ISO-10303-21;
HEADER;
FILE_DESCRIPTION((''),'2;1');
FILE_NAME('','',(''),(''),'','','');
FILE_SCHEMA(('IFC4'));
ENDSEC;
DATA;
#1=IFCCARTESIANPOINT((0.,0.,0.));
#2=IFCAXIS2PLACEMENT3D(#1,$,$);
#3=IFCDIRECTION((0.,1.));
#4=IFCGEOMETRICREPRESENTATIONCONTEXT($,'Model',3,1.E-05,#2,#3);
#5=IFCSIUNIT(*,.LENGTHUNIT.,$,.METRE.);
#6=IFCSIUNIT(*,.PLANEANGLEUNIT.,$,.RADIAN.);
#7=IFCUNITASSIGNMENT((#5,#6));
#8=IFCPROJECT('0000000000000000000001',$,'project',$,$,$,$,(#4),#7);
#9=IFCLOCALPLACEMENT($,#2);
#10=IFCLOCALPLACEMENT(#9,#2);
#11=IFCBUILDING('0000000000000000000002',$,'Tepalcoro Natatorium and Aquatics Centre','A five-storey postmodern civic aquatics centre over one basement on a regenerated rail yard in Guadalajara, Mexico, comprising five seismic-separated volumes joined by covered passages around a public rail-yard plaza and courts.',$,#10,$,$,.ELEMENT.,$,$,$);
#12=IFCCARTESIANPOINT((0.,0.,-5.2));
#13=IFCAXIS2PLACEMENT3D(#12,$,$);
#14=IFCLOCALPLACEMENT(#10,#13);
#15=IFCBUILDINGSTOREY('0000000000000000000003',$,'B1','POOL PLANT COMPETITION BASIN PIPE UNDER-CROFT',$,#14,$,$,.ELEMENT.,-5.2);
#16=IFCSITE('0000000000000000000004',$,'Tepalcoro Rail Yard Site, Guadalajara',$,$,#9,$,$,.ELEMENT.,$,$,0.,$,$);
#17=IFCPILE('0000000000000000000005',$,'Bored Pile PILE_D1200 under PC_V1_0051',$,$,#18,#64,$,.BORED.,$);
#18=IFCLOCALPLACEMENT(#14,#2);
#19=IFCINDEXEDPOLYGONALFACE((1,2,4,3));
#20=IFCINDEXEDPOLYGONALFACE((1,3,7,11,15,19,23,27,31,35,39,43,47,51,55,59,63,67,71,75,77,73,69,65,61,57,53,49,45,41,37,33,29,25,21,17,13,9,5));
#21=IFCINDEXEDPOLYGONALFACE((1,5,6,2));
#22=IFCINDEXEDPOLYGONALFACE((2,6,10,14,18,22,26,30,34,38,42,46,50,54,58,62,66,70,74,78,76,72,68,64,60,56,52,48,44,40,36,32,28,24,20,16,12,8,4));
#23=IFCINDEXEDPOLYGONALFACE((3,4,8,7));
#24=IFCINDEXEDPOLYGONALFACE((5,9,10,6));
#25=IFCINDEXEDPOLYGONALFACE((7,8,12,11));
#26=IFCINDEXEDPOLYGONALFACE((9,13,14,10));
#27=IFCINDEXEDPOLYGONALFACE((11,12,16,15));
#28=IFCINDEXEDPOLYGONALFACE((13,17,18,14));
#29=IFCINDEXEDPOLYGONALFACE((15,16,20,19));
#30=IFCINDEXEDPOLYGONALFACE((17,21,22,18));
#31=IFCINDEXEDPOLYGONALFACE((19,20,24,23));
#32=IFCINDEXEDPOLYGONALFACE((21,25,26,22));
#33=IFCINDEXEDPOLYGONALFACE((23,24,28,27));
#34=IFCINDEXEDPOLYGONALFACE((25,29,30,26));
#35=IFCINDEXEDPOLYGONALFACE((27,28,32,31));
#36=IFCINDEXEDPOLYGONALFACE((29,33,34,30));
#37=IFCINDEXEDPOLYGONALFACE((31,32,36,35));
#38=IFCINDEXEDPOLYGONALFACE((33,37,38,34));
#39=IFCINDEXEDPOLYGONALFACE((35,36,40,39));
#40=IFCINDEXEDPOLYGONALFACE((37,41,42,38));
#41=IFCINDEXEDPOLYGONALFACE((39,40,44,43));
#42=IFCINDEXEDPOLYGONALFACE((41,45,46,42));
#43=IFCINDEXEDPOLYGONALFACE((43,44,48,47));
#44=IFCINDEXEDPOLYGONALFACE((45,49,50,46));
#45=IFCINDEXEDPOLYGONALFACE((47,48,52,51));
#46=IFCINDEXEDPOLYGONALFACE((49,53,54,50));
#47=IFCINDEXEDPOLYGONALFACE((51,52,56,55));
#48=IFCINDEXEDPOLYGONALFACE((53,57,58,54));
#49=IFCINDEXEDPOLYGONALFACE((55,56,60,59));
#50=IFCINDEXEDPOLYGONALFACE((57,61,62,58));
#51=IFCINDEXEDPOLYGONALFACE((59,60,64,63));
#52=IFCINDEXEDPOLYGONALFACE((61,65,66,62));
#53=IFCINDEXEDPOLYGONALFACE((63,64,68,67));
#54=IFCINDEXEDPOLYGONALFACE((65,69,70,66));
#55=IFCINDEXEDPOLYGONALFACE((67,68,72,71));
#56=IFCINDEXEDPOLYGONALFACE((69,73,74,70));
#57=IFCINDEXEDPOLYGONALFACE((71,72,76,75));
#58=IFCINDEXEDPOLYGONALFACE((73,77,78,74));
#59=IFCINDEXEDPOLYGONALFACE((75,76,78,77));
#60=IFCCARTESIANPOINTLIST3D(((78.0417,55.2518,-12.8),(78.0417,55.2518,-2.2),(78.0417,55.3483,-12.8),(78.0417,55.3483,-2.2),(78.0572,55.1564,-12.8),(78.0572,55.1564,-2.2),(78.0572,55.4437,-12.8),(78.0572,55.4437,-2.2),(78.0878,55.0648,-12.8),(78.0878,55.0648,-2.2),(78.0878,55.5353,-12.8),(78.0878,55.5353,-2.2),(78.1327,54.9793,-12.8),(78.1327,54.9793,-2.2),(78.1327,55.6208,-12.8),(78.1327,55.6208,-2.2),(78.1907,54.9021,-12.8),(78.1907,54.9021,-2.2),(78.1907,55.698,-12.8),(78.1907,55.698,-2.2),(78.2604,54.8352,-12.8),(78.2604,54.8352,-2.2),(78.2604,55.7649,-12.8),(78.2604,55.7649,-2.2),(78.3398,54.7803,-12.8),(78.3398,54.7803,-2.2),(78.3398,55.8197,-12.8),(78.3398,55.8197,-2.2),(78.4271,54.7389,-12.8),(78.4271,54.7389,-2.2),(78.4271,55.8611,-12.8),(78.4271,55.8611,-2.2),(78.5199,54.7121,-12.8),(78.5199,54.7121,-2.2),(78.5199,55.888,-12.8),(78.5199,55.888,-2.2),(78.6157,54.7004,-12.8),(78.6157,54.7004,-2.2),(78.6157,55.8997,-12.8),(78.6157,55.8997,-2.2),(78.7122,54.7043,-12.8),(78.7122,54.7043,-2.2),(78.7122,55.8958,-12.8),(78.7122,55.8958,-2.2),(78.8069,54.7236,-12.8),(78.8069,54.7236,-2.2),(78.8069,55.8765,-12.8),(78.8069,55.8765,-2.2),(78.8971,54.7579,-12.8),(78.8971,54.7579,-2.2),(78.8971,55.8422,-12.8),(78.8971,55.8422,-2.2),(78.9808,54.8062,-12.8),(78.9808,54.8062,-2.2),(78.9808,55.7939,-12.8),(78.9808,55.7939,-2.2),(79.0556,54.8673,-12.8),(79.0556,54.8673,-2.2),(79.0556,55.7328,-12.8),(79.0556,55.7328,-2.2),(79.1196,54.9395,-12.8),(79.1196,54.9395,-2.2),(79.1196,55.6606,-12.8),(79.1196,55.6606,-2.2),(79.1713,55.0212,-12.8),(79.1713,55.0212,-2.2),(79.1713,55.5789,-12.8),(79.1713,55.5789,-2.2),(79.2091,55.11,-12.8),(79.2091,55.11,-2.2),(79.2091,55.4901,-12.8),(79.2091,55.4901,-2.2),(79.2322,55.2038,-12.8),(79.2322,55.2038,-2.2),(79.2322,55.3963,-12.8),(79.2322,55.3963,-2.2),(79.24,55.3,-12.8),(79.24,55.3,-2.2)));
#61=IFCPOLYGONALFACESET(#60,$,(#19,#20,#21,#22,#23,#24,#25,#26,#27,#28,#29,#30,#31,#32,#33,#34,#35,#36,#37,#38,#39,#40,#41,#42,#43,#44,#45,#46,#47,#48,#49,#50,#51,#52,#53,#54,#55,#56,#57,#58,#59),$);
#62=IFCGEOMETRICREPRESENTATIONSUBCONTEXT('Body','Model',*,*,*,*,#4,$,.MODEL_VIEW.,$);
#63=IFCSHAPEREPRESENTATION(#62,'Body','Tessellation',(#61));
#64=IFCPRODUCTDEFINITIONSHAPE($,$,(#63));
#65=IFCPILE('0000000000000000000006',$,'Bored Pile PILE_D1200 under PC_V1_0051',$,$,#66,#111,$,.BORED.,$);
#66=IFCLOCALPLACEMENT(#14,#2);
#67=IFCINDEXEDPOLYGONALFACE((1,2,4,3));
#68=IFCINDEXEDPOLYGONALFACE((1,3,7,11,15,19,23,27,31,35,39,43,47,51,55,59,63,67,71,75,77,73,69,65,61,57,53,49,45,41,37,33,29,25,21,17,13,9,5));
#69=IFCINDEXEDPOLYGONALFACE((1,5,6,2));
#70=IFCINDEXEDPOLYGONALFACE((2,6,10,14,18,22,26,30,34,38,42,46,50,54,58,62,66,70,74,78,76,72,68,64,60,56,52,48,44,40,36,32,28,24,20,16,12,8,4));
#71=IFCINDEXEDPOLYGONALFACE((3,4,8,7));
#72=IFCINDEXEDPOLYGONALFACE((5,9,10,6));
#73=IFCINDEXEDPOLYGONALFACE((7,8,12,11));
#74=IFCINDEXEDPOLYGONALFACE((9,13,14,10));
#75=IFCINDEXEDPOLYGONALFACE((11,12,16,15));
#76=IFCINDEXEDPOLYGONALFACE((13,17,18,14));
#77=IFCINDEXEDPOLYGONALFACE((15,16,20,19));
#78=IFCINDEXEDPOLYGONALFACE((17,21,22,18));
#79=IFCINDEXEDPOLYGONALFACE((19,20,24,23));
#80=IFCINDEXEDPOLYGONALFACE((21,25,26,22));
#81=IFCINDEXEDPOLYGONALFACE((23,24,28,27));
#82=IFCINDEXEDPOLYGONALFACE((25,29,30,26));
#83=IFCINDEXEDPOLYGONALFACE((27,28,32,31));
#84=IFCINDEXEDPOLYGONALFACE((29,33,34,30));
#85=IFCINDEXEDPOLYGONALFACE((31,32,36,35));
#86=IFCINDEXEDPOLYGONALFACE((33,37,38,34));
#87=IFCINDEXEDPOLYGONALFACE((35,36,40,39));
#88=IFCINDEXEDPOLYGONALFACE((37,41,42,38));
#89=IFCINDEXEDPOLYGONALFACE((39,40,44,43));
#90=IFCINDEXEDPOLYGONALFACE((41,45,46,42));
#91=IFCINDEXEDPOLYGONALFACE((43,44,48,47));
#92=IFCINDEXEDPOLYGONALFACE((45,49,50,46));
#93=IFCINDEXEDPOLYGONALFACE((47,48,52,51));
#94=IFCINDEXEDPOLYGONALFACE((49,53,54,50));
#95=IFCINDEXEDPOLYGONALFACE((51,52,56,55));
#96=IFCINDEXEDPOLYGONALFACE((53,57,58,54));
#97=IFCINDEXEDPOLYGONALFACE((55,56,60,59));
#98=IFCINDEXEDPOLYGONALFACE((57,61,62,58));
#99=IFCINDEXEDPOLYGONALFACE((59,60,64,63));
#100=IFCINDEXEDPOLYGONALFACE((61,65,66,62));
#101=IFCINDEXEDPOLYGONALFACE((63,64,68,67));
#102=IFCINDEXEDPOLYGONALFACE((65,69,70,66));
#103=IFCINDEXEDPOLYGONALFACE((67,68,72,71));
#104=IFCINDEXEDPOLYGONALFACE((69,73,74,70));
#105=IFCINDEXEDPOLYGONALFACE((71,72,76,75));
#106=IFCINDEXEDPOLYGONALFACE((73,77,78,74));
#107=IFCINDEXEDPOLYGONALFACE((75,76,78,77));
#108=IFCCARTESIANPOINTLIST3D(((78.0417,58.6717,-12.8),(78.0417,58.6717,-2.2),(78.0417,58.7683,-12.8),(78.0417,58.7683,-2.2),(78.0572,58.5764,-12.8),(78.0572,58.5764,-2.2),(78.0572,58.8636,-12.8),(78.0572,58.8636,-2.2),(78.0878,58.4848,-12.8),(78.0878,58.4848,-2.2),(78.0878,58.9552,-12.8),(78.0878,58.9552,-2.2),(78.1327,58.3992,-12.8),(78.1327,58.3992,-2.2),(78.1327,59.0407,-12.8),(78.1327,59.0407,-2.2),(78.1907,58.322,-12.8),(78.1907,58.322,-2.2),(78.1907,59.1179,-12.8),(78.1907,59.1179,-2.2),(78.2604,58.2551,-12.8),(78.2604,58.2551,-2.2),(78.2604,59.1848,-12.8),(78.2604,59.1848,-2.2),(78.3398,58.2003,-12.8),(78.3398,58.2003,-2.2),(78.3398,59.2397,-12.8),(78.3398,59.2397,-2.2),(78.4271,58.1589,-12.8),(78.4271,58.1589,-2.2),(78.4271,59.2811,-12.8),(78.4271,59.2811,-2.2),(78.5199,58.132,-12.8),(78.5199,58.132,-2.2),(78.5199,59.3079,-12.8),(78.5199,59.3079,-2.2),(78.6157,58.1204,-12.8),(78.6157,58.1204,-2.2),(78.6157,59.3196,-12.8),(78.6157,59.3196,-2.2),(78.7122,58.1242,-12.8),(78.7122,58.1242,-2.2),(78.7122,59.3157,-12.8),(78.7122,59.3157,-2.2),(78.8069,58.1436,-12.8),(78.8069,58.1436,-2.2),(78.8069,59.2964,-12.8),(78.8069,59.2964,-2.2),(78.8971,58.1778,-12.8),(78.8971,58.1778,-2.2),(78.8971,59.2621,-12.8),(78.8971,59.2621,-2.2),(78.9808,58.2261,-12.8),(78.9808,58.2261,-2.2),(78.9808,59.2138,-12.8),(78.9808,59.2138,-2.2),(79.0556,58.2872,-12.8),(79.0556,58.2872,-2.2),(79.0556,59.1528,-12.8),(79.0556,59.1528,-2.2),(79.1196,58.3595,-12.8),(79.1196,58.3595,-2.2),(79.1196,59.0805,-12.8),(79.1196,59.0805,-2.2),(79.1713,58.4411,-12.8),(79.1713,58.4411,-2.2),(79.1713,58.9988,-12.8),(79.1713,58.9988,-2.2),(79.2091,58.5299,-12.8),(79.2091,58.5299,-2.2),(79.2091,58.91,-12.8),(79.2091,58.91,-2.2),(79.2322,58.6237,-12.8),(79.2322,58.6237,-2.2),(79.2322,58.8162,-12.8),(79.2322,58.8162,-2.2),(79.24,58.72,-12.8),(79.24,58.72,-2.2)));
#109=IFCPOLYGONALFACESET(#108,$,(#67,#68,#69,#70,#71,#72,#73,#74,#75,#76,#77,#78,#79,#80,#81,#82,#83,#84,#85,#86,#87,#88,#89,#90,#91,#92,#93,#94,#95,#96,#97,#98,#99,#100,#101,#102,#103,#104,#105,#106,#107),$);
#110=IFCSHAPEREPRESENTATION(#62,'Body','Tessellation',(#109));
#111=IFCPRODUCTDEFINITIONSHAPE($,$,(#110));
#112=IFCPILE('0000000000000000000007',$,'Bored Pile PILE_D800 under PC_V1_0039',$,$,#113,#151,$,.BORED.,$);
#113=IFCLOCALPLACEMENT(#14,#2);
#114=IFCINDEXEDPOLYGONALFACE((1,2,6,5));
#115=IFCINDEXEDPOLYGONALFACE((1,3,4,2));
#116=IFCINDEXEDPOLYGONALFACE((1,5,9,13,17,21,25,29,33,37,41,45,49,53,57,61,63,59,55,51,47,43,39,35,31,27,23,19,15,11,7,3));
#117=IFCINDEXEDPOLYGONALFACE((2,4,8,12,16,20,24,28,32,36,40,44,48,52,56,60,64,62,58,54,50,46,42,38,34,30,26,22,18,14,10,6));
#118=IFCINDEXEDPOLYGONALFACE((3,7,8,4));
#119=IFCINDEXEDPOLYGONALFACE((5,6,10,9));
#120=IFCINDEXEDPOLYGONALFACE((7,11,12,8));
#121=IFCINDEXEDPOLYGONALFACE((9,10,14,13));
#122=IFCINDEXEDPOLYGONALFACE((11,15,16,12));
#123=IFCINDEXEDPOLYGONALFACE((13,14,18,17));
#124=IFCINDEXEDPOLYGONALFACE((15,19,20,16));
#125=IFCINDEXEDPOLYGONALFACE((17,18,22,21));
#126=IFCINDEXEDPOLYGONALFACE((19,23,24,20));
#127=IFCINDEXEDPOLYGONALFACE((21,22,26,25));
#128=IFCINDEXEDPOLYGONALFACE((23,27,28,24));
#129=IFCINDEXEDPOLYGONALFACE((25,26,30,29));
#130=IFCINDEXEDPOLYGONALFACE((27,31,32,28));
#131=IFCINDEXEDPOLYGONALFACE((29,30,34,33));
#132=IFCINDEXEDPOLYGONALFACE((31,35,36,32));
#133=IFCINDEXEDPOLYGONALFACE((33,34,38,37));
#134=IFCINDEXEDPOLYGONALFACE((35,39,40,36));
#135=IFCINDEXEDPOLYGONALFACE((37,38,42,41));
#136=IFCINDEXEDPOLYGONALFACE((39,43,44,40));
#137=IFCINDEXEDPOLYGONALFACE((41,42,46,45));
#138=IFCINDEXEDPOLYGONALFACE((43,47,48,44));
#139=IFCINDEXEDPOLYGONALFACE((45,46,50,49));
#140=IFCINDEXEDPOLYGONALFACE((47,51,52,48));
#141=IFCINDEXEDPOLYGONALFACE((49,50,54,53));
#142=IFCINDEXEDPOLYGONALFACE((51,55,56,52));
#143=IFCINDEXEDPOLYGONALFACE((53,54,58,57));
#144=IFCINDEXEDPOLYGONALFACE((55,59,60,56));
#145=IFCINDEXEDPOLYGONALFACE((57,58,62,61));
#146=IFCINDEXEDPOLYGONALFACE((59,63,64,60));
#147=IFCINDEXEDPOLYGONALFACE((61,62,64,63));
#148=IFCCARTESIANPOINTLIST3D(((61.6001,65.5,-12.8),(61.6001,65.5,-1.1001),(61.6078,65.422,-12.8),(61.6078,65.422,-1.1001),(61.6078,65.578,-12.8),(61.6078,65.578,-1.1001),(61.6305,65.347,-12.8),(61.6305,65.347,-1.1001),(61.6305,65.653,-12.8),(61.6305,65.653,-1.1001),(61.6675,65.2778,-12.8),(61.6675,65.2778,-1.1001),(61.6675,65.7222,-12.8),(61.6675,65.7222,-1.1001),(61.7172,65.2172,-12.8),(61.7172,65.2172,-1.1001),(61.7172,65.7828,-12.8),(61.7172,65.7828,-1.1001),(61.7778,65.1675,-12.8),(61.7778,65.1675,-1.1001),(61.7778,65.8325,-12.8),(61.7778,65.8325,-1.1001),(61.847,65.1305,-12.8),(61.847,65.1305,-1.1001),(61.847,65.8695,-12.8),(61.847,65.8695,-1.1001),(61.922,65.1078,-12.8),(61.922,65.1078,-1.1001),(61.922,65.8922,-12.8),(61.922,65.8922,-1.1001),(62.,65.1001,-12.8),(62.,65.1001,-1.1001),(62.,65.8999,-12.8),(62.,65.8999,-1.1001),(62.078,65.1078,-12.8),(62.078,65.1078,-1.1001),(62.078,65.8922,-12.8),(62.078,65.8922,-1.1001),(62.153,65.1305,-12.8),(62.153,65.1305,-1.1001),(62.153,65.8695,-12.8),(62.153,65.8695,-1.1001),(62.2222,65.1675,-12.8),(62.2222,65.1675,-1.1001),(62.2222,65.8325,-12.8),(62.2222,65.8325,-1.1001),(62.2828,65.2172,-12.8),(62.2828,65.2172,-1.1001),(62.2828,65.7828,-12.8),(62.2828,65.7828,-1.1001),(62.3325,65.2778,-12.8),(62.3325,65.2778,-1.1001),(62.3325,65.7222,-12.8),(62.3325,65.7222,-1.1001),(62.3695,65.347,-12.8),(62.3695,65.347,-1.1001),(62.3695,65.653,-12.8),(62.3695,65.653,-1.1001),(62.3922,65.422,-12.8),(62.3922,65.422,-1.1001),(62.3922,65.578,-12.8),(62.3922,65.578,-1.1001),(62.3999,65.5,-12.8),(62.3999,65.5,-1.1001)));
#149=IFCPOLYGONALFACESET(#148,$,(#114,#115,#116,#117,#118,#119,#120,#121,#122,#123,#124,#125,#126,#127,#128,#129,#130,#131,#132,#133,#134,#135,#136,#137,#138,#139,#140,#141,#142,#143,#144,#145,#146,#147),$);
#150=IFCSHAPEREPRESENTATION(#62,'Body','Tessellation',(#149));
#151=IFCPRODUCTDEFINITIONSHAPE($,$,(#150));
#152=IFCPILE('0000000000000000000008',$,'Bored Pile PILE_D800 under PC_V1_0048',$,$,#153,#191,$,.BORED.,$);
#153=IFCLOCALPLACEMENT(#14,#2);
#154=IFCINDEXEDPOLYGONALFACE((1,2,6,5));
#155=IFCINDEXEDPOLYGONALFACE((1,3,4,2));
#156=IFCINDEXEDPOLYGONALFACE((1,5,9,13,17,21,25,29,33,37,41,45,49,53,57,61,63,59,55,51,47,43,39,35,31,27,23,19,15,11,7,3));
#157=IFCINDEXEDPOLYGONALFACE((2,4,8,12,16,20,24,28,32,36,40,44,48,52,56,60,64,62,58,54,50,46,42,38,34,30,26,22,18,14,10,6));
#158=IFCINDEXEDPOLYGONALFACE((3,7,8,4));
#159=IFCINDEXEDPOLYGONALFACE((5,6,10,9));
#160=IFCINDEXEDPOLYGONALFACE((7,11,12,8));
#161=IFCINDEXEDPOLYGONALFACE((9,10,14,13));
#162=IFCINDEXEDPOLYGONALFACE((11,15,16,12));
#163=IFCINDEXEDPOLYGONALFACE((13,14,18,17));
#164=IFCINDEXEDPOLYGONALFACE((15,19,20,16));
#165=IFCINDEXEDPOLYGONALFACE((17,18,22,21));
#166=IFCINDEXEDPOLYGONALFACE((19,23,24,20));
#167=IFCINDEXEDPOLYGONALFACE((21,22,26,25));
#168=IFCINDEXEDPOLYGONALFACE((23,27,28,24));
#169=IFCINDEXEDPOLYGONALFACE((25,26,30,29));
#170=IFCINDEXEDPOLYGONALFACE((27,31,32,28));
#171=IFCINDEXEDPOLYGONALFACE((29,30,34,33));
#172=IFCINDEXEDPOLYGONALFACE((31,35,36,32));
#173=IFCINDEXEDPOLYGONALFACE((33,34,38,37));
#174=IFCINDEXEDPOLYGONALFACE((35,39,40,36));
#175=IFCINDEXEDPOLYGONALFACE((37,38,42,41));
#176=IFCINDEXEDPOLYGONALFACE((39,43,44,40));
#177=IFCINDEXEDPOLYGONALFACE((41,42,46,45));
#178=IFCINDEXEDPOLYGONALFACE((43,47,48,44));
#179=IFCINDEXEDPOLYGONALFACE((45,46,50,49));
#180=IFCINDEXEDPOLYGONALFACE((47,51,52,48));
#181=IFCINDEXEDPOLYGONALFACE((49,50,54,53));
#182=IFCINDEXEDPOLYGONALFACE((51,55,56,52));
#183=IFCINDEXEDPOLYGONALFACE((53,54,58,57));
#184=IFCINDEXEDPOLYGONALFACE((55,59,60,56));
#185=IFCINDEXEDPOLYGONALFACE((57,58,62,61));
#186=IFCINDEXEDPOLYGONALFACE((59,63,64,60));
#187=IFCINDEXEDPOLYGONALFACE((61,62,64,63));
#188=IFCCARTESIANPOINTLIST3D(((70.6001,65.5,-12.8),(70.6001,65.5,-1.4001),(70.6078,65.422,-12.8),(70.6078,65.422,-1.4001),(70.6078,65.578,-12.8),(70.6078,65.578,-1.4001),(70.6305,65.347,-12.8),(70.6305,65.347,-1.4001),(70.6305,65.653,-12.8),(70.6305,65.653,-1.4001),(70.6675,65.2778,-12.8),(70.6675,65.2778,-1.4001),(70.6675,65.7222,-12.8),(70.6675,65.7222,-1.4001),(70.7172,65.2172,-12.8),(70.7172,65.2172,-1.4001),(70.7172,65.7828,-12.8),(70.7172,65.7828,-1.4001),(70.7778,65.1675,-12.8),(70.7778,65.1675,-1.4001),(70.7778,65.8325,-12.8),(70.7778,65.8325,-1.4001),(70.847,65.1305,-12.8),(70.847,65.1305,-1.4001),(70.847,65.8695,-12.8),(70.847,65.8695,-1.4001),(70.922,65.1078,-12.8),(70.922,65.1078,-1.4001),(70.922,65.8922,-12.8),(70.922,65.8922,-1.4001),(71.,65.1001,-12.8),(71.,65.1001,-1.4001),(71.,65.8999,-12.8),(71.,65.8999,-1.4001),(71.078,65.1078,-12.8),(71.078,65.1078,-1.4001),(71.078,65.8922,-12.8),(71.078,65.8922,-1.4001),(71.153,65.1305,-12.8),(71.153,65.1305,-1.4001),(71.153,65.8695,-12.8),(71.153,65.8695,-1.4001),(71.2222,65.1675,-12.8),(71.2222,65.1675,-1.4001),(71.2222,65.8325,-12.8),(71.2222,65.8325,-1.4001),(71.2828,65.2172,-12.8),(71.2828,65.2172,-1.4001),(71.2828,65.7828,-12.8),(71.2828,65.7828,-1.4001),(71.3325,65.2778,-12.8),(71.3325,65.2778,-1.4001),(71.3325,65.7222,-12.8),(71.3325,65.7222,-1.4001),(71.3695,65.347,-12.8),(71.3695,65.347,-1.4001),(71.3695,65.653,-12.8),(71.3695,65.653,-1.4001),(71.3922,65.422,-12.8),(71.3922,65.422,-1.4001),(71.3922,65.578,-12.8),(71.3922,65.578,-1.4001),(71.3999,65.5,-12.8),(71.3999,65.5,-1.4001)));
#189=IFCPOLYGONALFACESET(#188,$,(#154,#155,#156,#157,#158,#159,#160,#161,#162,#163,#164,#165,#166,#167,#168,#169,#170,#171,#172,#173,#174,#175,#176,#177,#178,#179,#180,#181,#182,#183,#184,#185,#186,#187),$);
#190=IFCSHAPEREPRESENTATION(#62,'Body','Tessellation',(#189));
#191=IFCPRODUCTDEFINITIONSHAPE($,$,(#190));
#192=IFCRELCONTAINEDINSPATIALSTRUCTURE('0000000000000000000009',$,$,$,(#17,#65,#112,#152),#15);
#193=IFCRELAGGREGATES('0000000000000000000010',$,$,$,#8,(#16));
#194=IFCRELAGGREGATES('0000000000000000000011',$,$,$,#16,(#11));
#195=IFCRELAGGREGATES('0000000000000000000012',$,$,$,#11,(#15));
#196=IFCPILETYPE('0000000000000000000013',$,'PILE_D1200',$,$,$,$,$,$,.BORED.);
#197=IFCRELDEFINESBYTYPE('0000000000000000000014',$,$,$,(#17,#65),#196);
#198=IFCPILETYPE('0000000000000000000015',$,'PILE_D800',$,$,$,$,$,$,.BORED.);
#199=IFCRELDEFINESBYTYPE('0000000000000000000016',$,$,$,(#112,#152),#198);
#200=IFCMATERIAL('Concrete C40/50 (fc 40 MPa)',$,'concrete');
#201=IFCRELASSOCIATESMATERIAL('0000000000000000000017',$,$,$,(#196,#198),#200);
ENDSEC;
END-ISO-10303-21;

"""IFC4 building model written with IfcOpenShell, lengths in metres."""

from ifc_helpers import new_model, si_unit, direction, frame, origin, origin_2d, place, context, subcontext, project, spatial, circle, extrude, material, material_profile, profile_set, type_object, element, save


model = new_model("IFC4")

# Units and contexts
model_context = context("Model", 3, precision=1e-05, world=origin(), true_north=direction((0.0, 1.0)))
body_context = subcontext(model_context, "Body", "Model", "MODEL_VIEW")
ifc_project = project(units=[si_unit("LENGTHUNIT", "METRE"), si_unit("PLANEANGLEUNIT", "RADIAN")], contexts=[model_context])

# Site, building, storey
site_placement = place(None, origin())
site = spatial("IfcSite", under=ifc_project, at=site_placement, Name="Tepalcoro Rail Yard Site, Guadalajara", CompositionType="ELEMENT", RefElevation=0.0)
building_placement = place(site_placement, origin())
building = spatial("IfcBuilding", under=site, at=building_placement, Name="Tepalcoro Natatorium and Aquatics Centre", Description="A five-storey postmodern civic aquatics centre over one basement on a regenerated rail yard in Guadalajara, Mexico, comprising five seismic-separated volumes joined by covered passages around a public rail-yard plaza and courts.", CompositionType="ELEMENT")
storey_placement = place(building_placement, frame((0.0, 0.0, -5.2)))
storey = spatial("IfcBuildingStorey", under=building, at=storey_placement, Name="B1", Description="POOL PLANT COMPETITION BASIN PIPE UNDER-CROFT", CompositionType="ELEMENT", Elevation=-5.2)

# Piles
ifc_material_1 = material(Name="Concrete C40/50 (fc 40 MPa)", Category="concrete")
ifc_material_profile_1 = material_profile(ifc_material_1, circle(Radius=0.6001, at=origin_2d()), Name="PILE_D1200")
ifc_profile_set_1 = profile_set([ifc_material_profile_1], Name="Concrete C40/50 (fc 40 MPa)")
pile_type_1 = type_object("IfcPileType", Name="PILE_D1200", PredefinedType="BORED", material=ifc_profile_set_1)
for number, where, z_axis, x_axis, name in (
    (1, (78.6399, 55.3, -2.2), (0.0, 0.0, -1.0), (1.0, 0.0, 0.0), "Bored Pile PILE_D1200 under PC_V1_0051"),
    (2, (78.6399, 58.72, -2.2), (0.0, 0.0, -1.0), (1.0, 0.0, 0.0), "Bored Pile PILE_D1200 under PC_V1_0051"),
):
    element("IfcPile", number, at=place(storey_placement, frame(where, z_axis=z_axis, x_axis=x_axis)), inside=storey, type_object=pile_type_1, Name=name, PredefinedType="BORED", context=body_context, shape_type="SweptSolid", body=[
        extrude(circle(Radius=0.6001, at=origin_2d()), origin(), (0.0, 0.0, 1.0), 10.6001),
    ])
ifc_material_profile_2 = material_profile(ifc_material_1, circle(Radius=0.3999, at=origin_2d()), Name="PILE_D800")
ifc_profile_set_2 = profile_set([ifc_material_profile_2], Name="Concrete C40/50 (fc 40 MPa)")
pile_type_2 = type_object("IfcPileType", Name="PILE_D800", PredefinedType="BORED", material=ifc_profile_set_2)
pile_1_placement = place(storey_placement, frame((62.0, 65.5, -1.1001), z_axis=(0.0, 0.0, -1.0), x_axis=(1.0, 0.0, 0.0)))
element("IfcPile", 3, at=pile_1_placement, inside=storey, type_object=pile_type_2, Name="Bored Pile PILE_D800 under PC_V1_0039", PredefinedType="BORED", context=body_context, shape_type="SweptSolid", body=[
    extrude(circle(Radius=0.3999, at=origin_2d()), origin(), (0.0, 0.0, 1.0), 11.7),
])
pile_2_placement = place(storey_placement, frame((71.0, 65.5, -1.4001), z_axis=(0.0, 0.0, -1.0), x_axis=(1.0, 0.0, 0.0)))
element("IfcPile", 4, at=pile_2_placement, inside=storey, type_object=pile_type_2, Name="Bored Pile PILE_D800 under PC_V1_0048", PredefinedType="BORED", context=body_context, shape_type="SweptSolid", body=[
    extrude(circle(Radius=0.3999, at=origin_2d()), origin(), (0.0, 0.0, 1.0), 11.3999),
])

save(model, "model.ifc")
